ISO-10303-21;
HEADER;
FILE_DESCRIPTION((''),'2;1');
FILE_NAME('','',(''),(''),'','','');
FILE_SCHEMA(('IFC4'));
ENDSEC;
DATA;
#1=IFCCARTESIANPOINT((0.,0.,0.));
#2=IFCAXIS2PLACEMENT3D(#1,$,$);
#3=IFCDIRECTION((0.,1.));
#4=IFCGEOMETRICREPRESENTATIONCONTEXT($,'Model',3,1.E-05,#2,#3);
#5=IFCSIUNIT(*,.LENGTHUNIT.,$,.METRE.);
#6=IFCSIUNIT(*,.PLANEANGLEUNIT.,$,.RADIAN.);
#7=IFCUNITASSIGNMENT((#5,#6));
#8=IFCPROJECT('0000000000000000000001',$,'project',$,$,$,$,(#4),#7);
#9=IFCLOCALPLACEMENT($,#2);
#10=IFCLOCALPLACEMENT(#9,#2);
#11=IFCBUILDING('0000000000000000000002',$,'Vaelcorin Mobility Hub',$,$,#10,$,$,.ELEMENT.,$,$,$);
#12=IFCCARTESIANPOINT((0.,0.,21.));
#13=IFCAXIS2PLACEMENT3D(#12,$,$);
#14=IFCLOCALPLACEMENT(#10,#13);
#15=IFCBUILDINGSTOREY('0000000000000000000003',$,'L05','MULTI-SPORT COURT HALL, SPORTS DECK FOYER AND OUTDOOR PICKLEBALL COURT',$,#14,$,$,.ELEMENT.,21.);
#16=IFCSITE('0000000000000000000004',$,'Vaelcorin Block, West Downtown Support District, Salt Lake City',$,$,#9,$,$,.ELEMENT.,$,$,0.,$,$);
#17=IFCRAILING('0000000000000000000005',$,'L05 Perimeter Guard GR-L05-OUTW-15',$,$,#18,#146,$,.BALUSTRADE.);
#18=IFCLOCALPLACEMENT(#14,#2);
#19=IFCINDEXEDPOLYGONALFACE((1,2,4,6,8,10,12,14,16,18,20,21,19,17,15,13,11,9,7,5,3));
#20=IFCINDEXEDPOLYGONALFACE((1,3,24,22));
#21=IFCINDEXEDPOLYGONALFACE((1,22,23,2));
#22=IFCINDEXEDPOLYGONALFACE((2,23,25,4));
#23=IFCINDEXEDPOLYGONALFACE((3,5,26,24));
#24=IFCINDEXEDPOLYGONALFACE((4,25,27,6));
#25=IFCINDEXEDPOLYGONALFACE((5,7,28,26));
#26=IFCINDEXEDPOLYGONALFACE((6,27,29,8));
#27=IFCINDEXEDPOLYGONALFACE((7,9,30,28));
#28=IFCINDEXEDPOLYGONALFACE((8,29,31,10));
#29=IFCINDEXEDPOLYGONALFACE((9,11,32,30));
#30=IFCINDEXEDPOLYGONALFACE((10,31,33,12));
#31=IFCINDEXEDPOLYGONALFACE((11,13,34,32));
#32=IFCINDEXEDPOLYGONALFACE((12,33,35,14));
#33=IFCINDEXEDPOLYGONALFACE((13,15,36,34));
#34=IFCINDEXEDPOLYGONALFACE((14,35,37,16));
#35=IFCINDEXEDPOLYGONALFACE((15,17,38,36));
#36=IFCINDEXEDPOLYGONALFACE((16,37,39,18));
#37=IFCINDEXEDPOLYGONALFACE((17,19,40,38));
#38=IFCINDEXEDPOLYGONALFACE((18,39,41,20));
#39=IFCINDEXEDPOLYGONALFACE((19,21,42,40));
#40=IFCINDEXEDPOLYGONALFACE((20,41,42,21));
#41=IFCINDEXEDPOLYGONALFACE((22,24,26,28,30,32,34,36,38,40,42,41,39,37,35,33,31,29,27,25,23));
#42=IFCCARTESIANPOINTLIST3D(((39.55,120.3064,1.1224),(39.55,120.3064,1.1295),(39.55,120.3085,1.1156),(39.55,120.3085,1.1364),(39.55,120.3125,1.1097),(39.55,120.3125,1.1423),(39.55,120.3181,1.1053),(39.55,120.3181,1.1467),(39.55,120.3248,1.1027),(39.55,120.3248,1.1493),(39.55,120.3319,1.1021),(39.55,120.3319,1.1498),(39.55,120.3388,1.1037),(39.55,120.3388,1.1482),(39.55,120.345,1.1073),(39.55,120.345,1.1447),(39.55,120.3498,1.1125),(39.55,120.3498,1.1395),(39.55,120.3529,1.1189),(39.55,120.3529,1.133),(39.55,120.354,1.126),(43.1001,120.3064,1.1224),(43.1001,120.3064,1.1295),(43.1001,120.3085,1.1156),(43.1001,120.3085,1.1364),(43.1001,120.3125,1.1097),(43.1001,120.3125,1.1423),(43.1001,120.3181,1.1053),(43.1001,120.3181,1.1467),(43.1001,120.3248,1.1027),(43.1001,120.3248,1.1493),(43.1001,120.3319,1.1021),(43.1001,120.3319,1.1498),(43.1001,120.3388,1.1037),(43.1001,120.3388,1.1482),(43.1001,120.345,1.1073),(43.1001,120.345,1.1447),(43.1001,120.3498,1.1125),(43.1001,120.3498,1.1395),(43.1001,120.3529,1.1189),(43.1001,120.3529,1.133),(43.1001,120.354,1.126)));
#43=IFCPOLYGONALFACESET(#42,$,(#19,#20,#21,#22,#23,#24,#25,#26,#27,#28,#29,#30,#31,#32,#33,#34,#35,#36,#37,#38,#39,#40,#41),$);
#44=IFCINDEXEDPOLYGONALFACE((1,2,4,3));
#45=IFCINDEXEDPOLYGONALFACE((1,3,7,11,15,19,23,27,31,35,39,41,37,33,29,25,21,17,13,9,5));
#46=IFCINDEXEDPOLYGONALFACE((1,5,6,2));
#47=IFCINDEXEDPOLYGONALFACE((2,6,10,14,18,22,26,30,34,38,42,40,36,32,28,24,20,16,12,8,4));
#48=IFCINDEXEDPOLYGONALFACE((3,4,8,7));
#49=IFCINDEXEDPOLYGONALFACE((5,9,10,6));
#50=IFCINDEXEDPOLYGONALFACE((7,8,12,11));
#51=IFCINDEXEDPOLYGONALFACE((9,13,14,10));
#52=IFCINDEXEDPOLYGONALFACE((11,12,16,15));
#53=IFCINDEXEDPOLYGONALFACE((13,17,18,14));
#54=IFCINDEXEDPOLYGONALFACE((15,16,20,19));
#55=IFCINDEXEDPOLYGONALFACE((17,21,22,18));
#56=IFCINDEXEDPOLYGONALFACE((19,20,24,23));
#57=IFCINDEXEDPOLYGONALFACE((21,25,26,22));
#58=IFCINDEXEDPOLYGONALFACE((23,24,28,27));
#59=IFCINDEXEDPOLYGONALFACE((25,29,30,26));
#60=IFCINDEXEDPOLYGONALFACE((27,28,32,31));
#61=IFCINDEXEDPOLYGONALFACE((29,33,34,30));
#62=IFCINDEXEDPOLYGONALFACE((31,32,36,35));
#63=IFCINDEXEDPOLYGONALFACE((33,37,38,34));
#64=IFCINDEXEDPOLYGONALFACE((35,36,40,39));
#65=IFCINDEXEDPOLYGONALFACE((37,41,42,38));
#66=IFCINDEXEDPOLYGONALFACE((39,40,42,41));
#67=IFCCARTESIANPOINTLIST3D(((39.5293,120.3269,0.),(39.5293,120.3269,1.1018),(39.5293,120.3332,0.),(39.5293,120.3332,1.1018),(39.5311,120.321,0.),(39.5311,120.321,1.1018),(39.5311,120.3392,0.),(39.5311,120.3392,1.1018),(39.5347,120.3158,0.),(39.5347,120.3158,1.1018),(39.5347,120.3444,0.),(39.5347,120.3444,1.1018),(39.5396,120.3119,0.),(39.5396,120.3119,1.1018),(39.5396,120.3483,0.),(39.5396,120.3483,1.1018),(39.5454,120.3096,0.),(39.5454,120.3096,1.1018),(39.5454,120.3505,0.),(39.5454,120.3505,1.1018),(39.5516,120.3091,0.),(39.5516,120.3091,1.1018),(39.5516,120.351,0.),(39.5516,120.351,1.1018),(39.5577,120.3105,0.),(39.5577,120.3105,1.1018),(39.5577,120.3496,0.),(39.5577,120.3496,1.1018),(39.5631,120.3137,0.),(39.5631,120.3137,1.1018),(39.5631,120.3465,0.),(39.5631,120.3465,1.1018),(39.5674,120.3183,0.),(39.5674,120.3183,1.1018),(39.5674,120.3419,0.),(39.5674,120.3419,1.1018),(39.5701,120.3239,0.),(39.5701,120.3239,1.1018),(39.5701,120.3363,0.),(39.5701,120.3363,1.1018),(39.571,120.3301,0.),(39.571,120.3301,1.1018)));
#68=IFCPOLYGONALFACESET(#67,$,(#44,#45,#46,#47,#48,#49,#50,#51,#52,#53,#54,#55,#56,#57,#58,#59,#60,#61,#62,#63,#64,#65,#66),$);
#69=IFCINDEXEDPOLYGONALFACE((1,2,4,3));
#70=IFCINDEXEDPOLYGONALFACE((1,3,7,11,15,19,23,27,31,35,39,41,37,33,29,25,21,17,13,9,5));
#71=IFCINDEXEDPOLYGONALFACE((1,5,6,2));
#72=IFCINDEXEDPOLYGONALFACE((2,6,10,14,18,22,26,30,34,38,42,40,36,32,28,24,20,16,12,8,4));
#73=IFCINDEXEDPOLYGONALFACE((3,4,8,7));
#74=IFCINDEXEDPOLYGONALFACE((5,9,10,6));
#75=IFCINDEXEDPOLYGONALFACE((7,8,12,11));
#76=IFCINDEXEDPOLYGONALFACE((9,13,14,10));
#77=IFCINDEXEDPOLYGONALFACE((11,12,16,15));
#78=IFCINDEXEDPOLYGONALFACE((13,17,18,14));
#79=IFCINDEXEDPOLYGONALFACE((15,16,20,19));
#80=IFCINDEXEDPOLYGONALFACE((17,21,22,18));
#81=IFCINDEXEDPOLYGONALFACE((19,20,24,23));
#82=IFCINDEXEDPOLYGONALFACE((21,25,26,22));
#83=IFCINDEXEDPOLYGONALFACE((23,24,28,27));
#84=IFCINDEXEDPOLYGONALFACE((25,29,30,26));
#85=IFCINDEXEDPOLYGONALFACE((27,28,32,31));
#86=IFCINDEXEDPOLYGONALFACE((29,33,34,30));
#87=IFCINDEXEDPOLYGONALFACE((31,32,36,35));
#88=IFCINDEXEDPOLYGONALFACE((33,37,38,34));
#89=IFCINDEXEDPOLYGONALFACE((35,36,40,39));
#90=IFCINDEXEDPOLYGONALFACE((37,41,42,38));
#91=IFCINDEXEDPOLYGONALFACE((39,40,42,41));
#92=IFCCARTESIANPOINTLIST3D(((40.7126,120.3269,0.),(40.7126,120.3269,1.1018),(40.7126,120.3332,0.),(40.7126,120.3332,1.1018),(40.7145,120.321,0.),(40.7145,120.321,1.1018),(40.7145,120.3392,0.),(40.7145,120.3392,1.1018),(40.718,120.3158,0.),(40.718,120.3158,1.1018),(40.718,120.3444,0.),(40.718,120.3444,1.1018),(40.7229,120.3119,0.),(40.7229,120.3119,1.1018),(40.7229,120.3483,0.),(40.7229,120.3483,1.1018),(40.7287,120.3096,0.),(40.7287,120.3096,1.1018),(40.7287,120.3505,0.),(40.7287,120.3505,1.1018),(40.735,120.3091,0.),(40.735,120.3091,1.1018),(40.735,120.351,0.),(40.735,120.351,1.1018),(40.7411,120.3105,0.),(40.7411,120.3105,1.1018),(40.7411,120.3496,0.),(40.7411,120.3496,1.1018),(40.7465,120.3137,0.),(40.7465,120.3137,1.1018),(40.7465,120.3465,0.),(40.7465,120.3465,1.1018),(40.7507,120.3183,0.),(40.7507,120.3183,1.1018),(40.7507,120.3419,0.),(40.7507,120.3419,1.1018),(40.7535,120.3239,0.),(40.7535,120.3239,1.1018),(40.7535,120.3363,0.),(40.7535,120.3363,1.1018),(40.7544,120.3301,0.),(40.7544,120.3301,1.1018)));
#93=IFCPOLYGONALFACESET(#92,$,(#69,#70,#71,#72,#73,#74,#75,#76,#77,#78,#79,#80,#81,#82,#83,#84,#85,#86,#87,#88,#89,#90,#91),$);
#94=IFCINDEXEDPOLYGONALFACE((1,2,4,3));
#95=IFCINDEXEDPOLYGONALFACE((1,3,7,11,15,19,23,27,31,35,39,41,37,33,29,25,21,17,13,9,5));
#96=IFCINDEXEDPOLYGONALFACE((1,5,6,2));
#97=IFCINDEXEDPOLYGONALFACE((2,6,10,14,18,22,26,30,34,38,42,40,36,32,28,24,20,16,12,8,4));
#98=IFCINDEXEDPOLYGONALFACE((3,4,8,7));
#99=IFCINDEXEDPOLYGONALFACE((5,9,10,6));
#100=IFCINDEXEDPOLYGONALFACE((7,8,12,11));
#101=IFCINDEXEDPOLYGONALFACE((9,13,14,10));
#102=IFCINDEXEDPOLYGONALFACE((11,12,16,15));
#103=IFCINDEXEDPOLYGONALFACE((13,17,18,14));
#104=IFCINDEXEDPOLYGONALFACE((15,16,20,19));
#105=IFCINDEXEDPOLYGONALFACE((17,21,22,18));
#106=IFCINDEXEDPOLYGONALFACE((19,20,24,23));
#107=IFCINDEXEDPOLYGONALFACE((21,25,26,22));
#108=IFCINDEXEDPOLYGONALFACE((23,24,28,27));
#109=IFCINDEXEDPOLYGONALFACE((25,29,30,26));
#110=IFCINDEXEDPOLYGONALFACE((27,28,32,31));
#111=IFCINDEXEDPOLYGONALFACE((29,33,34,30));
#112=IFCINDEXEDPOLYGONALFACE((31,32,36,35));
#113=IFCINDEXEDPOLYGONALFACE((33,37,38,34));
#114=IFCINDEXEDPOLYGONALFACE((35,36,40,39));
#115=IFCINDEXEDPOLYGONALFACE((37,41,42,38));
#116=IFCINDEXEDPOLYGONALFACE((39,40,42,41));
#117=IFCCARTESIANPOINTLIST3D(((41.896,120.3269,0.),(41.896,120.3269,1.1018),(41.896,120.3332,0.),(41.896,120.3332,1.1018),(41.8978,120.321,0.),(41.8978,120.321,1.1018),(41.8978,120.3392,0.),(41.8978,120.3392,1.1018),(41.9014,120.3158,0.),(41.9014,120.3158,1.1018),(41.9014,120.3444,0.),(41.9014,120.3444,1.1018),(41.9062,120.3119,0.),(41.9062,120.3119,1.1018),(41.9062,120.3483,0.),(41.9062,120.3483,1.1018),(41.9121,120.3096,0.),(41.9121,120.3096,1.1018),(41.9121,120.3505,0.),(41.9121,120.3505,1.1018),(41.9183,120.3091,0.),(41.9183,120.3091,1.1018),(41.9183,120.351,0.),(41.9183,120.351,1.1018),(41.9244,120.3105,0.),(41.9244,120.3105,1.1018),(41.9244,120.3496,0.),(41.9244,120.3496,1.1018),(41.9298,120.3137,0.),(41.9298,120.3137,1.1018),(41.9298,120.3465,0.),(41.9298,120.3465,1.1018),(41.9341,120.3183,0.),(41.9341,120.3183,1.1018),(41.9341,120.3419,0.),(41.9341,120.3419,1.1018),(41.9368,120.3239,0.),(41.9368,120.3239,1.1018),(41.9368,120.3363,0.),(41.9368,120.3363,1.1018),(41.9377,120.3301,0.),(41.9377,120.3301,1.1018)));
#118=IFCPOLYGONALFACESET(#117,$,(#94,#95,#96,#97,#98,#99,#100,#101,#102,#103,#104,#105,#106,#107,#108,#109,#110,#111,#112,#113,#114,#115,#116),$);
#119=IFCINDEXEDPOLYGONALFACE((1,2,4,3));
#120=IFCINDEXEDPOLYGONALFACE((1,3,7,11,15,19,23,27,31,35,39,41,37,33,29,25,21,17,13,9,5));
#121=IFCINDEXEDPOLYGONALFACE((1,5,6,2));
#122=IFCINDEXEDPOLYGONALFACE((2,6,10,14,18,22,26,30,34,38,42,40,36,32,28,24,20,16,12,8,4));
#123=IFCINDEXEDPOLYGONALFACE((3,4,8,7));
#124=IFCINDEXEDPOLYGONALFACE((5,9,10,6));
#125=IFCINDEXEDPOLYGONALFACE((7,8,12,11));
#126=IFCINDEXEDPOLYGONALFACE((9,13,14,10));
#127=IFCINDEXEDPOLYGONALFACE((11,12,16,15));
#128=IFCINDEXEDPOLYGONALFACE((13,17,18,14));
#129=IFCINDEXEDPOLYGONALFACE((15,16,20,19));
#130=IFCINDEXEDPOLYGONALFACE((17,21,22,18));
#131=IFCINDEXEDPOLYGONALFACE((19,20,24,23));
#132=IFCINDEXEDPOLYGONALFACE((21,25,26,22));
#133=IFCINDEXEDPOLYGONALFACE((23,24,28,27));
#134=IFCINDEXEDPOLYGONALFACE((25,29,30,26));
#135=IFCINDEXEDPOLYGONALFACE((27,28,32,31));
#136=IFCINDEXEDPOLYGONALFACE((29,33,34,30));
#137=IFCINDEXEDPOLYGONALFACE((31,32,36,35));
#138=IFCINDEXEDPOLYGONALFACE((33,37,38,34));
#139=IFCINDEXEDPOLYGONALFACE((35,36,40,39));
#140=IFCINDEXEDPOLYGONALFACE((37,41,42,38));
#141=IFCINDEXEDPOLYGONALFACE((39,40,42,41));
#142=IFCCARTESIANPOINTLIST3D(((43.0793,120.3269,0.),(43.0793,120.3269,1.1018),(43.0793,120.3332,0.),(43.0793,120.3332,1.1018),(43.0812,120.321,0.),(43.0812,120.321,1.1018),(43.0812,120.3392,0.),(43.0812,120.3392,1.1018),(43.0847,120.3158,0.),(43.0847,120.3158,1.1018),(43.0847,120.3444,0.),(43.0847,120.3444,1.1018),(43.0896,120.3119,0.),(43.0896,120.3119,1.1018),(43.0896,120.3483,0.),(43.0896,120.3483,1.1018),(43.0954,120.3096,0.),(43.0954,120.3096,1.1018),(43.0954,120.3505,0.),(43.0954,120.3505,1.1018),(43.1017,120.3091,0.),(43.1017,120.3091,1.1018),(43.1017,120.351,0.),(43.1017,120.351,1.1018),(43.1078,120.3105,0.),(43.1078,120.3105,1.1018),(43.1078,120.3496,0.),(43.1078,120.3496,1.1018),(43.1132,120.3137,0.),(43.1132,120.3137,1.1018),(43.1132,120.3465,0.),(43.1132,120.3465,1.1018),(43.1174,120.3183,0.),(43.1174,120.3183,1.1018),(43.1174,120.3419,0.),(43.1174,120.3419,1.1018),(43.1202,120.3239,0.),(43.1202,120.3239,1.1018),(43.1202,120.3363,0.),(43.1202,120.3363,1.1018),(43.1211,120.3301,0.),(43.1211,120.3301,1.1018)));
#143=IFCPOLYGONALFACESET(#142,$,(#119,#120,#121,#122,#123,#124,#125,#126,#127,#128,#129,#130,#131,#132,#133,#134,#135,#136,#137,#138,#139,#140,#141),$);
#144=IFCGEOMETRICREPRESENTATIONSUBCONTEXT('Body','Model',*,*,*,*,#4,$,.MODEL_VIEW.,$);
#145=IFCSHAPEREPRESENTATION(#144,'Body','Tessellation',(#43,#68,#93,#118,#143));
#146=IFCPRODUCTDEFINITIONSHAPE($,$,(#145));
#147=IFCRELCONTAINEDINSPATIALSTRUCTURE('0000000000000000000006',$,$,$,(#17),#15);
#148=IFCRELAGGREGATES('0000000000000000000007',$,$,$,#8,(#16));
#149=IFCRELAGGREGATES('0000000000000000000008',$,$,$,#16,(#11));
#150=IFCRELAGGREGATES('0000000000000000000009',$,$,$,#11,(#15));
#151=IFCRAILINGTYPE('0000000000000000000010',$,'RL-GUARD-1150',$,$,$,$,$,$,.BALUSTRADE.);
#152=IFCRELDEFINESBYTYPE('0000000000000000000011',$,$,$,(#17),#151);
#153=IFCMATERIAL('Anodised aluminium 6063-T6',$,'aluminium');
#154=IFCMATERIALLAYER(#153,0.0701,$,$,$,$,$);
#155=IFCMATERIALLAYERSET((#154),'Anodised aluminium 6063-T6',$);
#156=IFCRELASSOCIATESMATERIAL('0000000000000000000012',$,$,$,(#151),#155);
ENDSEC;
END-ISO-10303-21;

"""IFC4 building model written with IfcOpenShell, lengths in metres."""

from ifc_helpers import new_model, si_unit, direction, frame, origin, origin_2d, place, context, subcontext, project, spatial, circle, extrude, material, layer, layer_set, type_object, element, save


model = new_model("IFC4")

# Units and contexts
model_context = context("Model", 3, precision=1e-05, world=origin(), true_north=direction((0.0, 1.0)))
body_context = subcontext(model_context, "Body", "Model", "MODEL_VIEW")
ifc_project = project(units=[si_unit("LENGTHUNIT", "METRE"), si_unit("PLANEANGLEUNIT", "RADIAN")], contexts=[model_context])

# Site, building, storey
site_placement = place(None, origin())
site = spatial("IfcSite", under=ifc_project, at=site_placement, Name="Vaelcorin Block, West Downtown Support District, Salt Lake City", CompositionType="ELEMENT", RefElevation=0.0)
building_placement = place(site_placement, origin())
building = spatial("IfcBuilding", under=site, at=building_placement, Name="Vaelcorin Mobility Hub", CompositionType="ELEMENT")
storey_placement = place(building_placement, frame((0.0, 0.0, 21.0)))
storey = spatial("IfcBuildingStorey", under=building, at=storey_placement, Name="L05", Description="MULTI-SPORT COURT HALL, SPORTS DECK FOYER AND OUTDOOR PICKLEBALL COURT", CompositionType="ELEMENT", Elevation=21.0)

# Shared definitions
ifc_material_1 = material(Name="Anodised aluminium 6063-T6", Category="aluminium")

# Railing
ifc_layer_1 = layer(ifc_material_1, 0.0701)
ifc_layer_set_1 = layer_set([ifc_layer_1], Name="Anodised aluminium 6063-T6")
railing_type = type_object("IfcRailingType", Name="RL-GUARD-1150", PredefinedType="BALUSTRADE", material=ifc_layer_set_1)
railing_1_placement = place(storey_placement, frame((39.55, 120.3301, 0.0)))
element("IfcRailing", 1, at=railing_1_placement, inside=storey, type_object=railing_type, Name="L05 Perimeter Guard GR-L05-OUTW-15", PredefinedType="BALUSTRADE", context=body_context, shape_type="SweptSolid", body=[
    extrude(circle(Radius=0.0239, at=origin_2d()), frame((0.0, 0.0, 1.126), z_axis=(1.0, 0.0, 0.0), x_axis=(0.0, 1.0, 0.0)), (0.0, 0.0, 1.0), 3.55),
    extrude(circle(Radius=0.021, at=origin_2d()), origin(), (0.0, 0.0, 1.0), 1.1018),
    extrude(circle(Radius=0.021, at=origin_2d()), frame((1.1833, 0.0, 0.0)), (0.0, 0.0, 1.0), 1.1018),
    extrude(circle(Radius=0.021, at=origin_2d()), frame((2.3667, 0.0, 0.0)), (0.0, 0.0, 1.0), 1.1018),
    extrude(circle(Radius=0.021, at=origin_2d()), frame((3.55, 0.0, 0.0)), (0.0, 0.0, 1.0), 1.1018),
])

save(model, "model.ifc")
